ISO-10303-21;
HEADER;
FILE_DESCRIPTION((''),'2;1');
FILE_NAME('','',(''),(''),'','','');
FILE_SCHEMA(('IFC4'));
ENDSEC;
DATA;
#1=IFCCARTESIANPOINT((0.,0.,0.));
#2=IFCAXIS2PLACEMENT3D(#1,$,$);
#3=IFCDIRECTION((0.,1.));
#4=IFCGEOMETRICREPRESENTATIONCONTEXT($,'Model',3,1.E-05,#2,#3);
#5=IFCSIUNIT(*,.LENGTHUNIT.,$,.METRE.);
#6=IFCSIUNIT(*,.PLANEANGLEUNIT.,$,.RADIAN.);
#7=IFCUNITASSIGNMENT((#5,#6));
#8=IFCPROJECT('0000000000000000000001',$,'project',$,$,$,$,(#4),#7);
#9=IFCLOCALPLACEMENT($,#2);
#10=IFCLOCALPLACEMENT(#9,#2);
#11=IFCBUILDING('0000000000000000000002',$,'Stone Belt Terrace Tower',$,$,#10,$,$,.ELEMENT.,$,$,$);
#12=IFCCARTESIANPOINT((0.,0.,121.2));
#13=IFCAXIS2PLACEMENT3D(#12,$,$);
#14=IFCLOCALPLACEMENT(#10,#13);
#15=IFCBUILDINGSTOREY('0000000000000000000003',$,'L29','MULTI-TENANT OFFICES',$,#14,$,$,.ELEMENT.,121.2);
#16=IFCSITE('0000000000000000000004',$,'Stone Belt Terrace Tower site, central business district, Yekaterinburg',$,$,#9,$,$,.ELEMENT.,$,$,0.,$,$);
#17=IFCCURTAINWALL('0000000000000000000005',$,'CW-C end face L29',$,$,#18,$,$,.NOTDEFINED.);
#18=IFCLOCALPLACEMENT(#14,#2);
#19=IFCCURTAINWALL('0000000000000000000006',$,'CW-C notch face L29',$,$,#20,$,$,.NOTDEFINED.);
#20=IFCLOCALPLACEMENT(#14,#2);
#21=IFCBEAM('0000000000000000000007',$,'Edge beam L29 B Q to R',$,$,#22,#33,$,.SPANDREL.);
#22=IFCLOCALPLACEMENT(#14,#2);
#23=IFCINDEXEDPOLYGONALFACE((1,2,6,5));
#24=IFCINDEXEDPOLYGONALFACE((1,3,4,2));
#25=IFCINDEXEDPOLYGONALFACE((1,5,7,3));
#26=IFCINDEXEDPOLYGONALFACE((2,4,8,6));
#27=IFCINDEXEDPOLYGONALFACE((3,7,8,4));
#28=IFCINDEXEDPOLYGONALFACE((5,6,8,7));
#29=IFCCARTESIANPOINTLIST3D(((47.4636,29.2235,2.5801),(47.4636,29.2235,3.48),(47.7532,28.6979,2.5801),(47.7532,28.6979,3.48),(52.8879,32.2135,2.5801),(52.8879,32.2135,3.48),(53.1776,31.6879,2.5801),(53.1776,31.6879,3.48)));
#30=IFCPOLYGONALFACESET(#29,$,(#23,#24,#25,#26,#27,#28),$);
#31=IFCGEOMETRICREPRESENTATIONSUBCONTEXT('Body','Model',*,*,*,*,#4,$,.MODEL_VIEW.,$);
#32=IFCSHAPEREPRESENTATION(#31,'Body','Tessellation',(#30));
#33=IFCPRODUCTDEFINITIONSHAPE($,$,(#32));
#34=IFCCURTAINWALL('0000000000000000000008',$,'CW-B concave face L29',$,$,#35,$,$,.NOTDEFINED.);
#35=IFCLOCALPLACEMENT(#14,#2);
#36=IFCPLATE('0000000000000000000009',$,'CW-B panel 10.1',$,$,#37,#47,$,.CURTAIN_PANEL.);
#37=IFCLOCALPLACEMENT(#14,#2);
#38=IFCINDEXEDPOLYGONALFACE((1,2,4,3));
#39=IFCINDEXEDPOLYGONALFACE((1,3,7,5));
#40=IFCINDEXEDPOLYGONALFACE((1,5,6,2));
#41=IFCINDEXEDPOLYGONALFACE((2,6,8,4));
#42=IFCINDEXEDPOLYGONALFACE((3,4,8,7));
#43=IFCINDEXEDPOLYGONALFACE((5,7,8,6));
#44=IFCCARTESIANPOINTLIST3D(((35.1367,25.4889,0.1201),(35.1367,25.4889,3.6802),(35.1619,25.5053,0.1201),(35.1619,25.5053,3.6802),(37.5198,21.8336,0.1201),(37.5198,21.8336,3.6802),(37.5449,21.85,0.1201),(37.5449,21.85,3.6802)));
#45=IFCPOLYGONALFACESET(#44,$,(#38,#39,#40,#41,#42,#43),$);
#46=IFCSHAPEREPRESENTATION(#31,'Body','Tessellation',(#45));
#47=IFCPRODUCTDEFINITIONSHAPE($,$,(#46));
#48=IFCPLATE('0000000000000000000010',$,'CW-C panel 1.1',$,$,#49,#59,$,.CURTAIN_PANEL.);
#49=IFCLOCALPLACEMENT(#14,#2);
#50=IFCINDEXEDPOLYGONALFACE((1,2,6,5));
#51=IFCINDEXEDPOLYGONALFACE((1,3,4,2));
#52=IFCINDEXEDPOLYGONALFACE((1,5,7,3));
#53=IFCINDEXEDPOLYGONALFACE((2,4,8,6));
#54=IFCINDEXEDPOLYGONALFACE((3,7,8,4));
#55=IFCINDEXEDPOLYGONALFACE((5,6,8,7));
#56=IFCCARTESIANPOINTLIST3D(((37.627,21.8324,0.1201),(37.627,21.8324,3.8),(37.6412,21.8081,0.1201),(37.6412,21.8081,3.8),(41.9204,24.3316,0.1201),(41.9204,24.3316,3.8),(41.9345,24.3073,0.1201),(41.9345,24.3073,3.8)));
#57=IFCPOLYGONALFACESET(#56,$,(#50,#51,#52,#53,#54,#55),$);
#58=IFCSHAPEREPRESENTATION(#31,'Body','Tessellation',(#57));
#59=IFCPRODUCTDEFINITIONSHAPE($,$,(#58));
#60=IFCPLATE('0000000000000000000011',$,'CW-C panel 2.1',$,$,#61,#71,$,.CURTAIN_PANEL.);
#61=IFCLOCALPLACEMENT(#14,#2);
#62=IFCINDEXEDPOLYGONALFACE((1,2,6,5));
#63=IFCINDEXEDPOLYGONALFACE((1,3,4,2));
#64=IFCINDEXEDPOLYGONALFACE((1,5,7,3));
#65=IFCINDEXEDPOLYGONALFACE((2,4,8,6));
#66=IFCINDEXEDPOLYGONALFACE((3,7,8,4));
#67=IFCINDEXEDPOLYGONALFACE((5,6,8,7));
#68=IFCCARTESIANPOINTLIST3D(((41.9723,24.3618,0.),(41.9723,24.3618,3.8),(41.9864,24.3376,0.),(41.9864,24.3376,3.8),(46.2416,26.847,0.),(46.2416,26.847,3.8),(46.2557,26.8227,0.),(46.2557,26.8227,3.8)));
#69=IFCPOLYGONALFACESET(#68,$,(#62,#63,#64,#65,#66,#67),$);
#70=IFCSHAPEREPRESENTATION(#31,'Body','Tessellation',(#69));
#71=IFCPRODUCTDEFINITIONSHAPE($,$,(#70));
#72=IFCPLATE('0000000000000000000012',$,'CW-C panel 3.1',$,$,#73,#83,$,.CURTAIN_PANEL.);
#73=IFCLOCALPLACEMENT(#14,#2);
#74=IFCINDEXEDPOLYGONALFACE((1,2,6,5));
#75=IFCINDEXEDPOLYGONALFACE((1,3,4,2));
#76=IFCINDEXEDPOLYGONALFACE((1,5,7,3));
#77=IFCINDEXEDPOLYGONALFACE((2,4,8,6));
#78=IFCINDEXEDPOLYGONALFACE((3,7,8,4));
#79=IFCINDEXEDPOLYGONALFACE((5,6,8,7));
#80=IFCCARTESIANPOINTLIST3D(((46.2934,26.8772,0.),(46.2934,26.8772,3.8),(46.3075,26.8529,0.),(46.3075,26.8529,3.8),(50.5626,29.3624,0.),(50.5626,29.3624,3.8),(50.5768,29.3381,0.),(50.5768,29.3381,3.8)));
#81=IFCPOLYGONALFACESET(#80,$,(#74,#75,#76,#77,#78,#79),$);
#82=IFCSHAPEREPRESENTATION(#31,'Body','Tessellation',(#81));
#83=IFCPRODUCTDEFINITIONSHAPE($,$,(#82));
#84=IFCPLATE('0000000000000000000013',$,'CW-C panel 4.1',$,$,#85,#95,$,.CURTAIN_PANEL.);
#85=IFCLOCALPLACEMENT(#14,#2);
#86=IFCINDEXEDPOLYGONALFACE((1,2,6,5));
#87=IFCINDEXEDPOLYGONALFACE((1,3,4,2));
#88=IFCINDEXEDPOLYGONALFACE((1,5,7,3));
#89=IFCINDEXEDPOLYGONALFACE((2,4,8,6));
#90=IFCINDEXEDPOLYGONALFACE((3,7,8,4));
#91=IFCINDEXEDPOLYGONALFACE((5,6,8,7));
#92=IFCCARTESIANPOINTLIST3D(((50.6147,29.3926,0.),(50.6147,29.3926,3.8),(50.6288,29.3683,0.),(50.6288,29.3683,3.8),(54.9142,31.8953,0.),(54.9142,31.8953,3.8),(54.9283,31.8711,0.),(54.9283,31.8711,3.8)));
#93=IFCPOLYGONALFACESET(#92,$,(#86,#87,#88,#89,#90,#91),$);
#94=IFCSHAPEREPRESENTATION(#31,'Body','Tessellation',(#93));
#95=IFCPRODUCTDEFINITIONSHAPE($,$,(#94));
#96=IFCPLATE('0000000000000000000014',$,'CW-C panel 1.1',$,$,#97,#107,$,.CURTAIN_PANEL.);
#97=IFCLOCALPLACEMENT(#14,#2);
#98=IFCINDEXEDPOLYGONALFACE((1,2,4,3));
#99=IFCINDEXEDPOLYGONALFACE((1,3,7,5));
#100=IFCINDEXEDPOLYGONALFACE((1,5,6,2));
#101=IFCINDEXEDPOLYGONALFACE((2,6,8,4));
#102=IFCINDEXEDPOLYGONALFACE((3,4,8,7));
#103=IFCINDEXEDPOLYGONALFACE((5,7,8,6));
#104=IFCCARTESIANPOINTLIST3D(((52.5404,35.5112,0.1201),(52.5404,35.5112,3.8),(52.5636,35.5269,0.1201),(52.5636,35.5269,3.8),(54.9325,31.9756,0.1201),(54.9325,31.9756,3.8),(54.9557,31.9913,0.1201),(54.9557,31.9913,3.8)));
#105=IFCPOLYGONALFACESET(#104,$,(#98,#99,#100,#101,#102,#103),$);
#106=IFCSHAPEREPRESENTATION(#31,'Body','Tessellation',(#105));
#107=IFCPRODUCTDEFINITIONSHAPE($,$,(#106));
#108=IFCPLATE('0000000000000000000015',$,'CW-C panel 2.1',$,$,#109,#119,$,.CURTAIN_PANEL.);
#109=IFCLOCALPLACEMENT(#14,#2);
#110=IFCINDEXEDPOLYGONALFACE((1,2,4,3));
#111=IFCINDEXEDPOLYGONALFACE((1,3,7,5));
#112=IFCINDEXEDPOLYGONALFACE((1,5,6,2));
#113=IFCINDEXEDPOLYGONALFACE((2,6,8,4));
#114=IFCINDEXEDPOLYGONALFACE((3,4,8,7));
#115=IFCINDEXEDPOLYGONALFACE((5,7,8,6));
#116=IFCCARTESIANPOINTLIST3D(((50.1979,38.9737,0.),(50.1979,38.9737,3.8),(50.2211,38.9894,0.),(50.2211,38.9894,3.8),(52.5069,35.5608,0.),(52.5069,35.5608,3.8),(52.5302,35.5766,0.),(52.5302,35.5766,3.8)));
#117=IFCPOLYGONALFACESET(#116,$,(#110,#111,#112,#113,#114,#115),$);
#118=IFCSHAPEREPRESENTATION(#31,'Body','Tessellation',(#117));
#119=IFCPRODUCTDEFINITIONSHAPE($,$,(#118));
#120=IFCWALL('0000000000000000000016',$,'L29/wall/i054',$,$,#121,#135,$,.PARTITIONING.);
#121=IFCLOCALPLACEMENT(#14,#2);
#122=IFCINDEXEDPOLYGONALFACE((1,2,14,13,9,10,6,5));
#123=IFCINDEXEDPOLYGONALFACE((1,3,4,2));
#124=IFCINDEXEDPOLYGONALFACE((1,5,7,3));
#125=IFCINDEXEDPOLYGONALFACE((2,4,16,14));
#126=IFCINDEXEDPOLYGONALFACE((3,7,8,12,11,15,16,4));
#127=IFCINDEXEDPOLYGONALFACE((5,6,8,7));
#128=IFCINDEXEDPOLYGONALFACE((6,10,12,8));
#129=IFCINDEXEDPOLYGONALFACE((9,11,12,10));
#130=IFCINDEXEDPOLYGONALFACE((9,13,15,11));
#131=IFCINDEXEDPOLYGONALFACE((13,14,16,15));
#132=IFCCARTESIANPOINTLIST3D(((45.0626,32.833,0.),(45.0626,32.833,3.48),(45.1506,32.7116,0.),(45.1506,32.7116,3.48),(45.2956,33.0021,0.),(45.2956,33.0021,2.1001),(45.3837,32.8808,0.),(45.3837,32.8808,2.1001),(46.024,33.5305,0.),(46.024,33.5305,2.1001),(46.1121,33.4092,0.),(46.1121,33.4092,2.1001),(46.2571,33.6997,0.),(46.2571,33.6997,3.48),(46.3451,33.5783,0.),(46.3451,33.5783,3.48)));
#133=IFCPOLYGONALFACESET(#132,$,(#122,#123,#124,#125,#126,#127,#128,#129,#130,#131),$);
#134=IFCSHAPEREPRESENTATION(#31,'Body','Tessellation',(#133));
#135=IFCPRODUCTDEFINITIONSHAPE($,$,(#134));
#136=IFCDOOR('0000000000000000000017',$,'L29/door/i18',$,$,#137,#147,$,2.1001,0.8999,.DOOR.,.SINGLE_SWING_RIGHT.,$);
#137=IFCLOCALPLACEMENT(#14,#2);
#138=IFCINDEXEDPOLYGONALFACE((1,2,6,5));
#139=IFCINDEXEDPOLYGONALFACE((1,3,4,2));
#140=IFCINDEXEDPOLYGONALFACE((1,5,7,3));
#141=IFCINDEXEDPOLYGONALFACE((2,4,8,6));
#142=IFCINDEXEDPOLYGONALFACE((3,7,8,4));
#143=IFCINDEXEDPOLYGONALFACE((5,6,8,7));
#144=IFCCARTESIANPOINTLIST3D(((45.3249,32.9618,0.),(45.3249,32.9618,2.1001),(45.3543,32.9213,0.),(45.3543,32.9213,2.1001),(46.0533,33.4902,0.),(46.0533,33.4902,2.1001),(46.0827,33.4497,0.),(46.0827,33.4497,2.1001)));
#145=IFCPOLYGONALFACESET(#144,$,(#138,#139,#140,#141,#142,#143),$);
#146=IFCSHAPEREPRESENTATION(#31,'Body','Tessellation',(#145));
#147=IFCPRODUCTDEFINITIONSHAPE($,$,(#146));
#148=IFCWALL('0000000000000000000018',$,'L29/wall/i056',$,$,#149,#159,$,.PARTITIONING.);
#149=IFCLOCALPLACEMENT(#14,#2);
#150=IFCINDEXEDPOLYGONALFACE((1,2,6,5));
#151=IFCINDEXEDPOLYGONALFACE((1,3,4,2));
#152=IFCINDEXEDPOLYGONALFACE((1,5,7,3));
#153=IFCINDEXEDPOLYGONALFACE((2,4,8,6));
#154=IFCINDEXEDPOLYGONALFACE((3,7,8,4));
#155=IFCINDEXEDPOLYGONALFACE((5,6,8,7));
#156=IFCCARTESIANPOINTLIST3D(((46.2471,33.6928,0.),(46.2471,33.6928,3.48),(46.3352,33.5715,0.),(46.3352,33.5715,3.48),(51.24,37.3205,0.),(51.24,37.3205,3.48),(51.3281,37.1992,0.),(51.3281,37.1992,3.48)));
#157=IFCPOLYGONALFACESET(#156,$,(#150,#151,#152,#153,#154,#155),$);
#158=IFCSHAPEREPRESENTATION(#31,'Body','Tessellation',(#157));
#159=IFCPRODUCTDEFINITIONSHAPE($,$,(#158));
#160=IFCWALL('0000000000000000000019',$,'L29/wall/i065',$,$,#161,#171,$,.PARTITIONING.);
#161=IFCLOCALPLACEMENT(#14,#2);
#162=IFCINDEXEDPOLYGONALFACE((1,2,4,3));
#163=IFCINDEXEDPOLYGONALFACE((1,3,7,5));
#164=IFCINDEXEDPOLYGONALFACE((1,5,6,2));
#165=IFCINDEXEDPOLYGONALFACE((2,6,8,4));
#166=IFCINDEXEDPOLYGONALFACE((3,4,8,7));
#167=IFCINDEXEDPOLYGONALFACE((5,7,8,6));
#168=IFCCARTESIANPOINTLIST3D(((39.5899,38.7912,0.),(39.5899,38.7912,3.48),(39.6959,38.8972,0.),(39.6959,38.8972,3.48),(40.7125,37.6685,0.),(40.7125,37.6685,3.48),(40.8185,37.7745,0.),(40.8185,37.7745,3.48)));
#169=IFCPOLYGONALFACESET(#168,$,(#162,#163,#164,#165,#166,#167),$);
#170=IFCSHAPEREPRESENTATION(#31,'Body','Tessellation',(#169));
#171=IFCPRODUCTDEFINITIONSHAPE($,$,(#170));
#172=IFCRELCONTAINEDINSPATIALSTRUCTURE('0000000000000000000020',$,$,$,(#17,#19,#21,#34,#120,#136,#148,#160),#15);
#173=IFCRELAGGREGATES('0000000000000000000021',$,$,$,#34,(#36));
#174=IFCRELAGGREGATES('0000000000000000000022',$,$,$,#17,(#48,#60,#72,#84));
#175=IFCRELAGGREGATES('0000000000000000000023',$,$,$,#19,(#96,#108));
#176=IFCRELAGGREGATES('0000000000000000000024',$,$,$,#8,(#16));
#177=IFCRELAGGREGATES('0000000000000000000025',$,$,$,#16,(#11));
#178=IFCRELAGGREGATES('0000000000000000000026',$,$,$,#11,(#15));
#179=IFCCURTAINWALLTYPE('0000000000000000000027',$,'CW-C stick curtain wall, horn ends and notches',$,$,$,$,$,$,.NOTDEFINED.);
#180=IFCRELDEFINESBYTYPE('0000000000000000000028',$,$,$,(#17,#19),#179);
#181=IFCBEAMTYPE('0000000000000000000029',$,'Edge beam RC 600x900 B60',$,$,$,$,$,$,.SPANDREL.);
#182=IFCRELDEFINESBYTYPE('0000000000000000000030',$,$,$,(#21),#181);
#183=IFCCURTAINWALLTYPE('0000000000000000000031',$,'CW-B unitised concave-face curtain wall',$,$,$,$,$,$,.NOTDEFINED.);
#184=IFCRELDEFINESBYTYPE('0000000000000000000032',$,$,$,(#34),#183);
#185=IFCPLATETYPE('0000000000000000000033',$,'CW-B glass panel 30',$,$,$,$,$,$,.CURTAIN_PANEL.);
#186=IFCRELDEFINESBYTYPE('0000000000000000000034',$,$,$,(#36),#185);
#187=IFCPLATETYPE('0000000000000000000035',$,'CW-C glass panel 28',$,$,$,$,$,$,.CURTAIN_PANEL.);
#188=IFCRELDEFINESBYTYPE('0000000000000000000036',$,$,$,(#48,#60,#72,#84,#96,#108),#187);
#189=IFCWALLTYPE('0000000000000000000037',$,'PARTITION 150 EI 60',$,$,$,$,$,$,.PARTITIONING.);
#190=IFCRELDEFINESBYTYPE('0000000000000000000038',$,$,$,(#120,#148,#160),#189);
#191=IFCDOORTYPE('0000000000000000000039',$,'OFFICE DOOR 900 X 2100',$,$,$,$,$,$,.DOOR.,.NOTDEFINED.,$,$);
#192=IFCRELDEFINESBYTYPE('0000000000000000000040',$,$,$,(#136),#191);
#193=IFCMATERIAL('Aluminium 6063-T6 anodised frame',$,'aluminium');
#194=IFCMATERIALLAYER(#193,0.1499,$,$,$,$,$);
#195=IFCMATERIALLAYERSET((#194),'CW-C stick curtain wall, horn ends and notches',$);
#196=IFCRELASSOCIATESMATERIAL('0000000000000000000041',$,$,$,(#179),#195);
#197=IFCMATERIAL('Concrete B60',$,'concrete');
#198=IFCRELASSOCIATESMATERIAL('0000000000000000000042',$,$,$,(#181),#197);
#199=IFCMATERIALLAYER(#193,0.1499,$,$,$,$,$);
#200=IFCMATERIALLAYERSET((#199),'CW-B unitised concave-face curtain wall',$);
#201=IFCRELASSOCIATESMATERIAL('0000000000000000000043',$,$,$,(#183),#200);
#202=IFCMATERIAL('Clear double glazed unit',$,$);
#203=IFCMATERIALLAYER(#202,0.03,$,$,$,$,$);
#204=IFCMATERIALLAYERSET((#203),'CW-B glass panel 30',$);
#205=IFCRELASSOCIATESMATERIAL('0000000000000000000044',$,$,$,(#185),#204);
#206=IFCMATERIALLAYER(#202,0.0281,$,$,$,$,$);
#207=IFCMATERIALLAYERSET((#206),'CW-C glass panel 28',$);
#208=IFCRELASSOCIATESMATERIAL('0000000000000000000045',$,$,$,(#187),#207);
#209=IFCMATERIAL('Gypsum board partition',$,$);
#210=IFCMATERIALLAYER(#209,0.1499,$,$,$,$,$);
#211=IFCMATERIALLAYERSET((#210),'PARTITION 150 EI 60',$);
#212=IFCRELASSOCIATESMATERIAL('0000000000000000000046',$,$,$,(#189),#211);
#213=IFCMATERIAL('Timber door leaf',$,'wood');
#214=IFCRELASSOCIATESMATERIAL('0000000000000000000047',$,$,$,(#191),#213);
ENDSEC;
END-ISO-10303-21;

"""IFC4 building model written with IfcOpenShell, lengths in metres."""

from ifc_helpers import new_model, si_unit, direction, frame, frame_2d, origin, origin_2d, place, context, subcontext, project, spatial, rectangle, extrude, material, layer, layer_set, material_profile, profile_set, type_object, element, fill, aggregate, save


model = new_model("IFC4")

# Units and contexts
model_context = context("Model", 3, precision=1e-05, world=origin(), true_north=direction((0.0, 1.0)))
body_context = subcontext(model_context, "Body", "Model", "MODEL_VIEW")
ifc_project = project(units=[si_unit("LENGTHUNIT", "METRE"), si_unit("PLANEANGLEUNIT", "RADIAN")], contexts=[model_context])

# Site, building, storey
site_placement = place(None, origin())
site = spatial("IfcSite", under=ifc_project, at=site_placement, Name="Stone Belt Terrace Tower site, central business district, Yekaterinburg", CompositionType="ELEMENT", RefElevation=0.0)
building_placement = place(site_placement, origin())
building = spatial("IfcBuilding", under=site, at=building_placement, Name="Stone Belt Terrace Tower", CompositionType="ELEMENT")
storey_placement = place(building_placement, frame((0.0, 0.0, 121.2)))
storey = spatial("IfcBuildingStorey", under=building, at=storey_placement, Name="L29", Description="MULTI-TENANT OFFICES", CompositionType="ELEMENT", Elevation=121.2)

# Curtain walls
ifc_material_1 = material(Name="Aluminium 6063-T6 anodised frame", Category="aluminium")
ifc_layer_1 = layer(ifc_material_1, 0.1499)
ifc_layer_set_1 = layer_set([ifc_layer_1], Name="CW-C stick curtain wall, horn ends and notches")
curtain_wall_type_1 = type_object("IfcCurtainWallType", Name="CW-C stick curtain wall, horn ends and notches", PredefinedType="NOTDEFINED", material=ifc_layer_set_1)
curtain_wall_1_placement = place(storey_placement, origin())
curtain_wall_1 = element("IfcCurtainWall", 1, at=curtain_wall_1_placement, inside=storey, type_object=curtain_wall_type_1, Name="CW-C end face L29", PredefinedType="NOTDEFINED")
curtain_wall_2_placement = place(storey_placement, origin())
curtain_wall_2 = element("IfcCurtainWall", 2, at=curtain_wall_2_placement, inside=storey, type_object=curtain_wall_type_1, Name="CW-C notch face L29", PredefinedType="NOTDEFINED")

# Beam
ifc_material_2 = material(Name="Concrete B60", Category="concrete")
ifc_material_profile_1 = material_profile(ifc_material_2, rectangle(XDim=0.6001, YDim=0.8999, at=origin_2d()), Name="RC 600x900")
ifc_profile_set_1 = profile_set([ifc_material_profile_1], Name="Concrete B60")
beam_type = type_object("IfcBeamType", Name="Edge beam RC 600x900 B60", PredefinedType="SPANDREL", material=ifc_profile_set_1)
beam_1_placement = place(storey_placement, frame((47.6084, 28.9607, 3.03), z_axis=(0.875764, 0.482739, 0.0), x_axis=(-0.482739, 0.875764, 0.0)))
element("IfcBeam", 3, at=beam_1_placement, inside=storey, type_object=beam_type, Name="Edge beam L29 B Q to R", PredefinedType="SPANDREL", context=body_context, shape_type="SweptSolid", body=[
    extrude(rectangle(XDim=0.6001, YDim=0.8999, at=origin_2d()), origin(), (0.0, 0.0, 1.0), 6.1938),
])

# Curtain wall, plate
ifc_layer_2 = layer(ifc_material_1, 0.1499)
ifc_layer_set_2 = layer_set([ifc_layer_2], Name="CW-B unitised concave-face curtain wall")
curtain_wall_type_2 = type_object("IfcCurtainWallType", Name="CW-B unitised concave-face curtain wall", PredefinedType="NOTDEFINED", material=ifc_layer_set_2)
curtain_wall_3_placement = place(storey_placement, origin())
curtain_wall_3 = element("IfcCurtainWall", 4, at=curtain_wall_3_placement, inside=storey, type_object=curtain_wall_type_2, Name="CW-B concave face L29", PredefinedType="NOTDEFINED")
ifc_material_3 = material(Name="Clear double glazed unit")
ifc_layer_3 = layer(ifc_material_3, 0.03)
ifc_layer_set_3 = layer_set([ifc_layer_3], Name="CW-B glass panel 30")
plate_type_1 = type_object("IfcPlateType", Name="CW-B glass panel 30", PredefinedType="CURTAIN_PANEL", material=ifc_layer_set_3)
plate_1_placement = place(storey_placement, frame((36.3408, 23.6694, 0.1201), z_axis=(0.0, 0.0, 1.0), x_axis=(0.546132, -0.837699, 0.0)))
plate_1 = element("IfcPlate", 5, at=plate_1_placement, type_object=plate_type_1, Name="CW-B panel 10.1", PredefinedType="CURTAIN_PANEL", context=body_context, shape_type="SweptSolid", body=[
    extrude(rectangle(XDim=4.3635, YDim=0.03, at=origin_2d()), origin(), (0.0, 0.0, 1.0), 3.5601),
])
aggregate(curtain_wall_3, [plate_1])

# Plates
ifc_layer_4 = layer(ifc_material_3, 0.0281)
ifc_layer_set_4 = layer_set([ifc_layer_4], Name="CW-C glass panel 28")
plate_type_2 = type_object("IfcPlateType", Name="CW-C glass panel 28", PredefinedType="CURTAIN_PANEL", material=ifc_layer_set_4)
plate_2_placement = place(storey_placement, frame((39.7808, 23.0698, 0.1201), z_axis=(0.0, 0.0, 1.0), x_axis=(0.864239, 0.503081, 0.0)))
plate_2 = element("IfcPlate", 6, at=plate_2_placement, type_object=plate_type_2, Name="CW-C panel 1.1", PredefinedType="CURTAIN_PANEL", context=body_context, shape_type="SweptSolid", body=[
    extrude(rectangle(XDim=4.9678, YDim=0.0281, at=origin_2d()), origin(), (0.0, 0.0, 1.0), 3.6799),
])
plate_3_placement = place(storey_placement, frame((44.114, 25.5923, 0.0), z_axis=(0.0, 0.0, 1.0), x_axis=(0.864239, 0.503081, 0.0)))
plate_3 = element("IfcPlate", 7, at=plate_3_placement, type_object=plate_type_2, Name="CW-C panel 2.1", PredefinedType="CURTAIN_PANEL", context=body_context, shape_type="SweptSolid", body=[
    extrude(rectangle(XDim=4.9399, YDim=0.0281, at=origin_2d()), origin(), (0.0, 0.0, 1.0), 3.8),
])
plate_4_placement = place(storey_placement, frame((48.4351, 28.1077, 0.0), z_axis=(0.0, 0.0, 1.0), x_axis=(0.864239, 0.503081, 0.0)))
plate_4 = element("IfcPlate", 8, at=plate_4_placement, type_object=plate_type_2, Name="CW-C panel 3.1", PredefinedType="CURTAIN_PANEL", context=body_context, shape_type="SweptSolid", body=[
    extrude(rectangle(XDim=4.9399, YDim=0.0281, at=origin_2d()), origin(), (0.0, 0.0, 1.0), 3.8),
])
plate_5_placement = place(storey_placement, frame((52.7715, 30.6318, 0.0), z_axis=(0.0, 0.0, 1.0), x_axis=(0.864239, 0.503081, 0.0)))
plate_5 = element("IfcPlate", 9, at=plate_5_placement, type_object=plate_type_2, Name="CW-C panel 4.1", PredefinedType="CURTAIN_PANEL", context=body_context, shape_type="SweptSolid", body=[
    extrude(rectangle(XDim=4.9749, YDim=0.0281, at=origin_2d()), origin(), (0.0, 0.0, 1.0), 3.8),
])
aggregate(curtain_wall_1, [plate_2, plate_3, plate_4, plate_5])
plate_6_placement = place(storey_placement, frame((53.748, 33.7512, 0.1201), z_axis=(0.0, 0.0, 1.0), x_axis=(-0.560367, 0.828244, 0.0)))
plate_6 = element("IfcPlate", 10, at=plate_6_placement, type_object=plate_type_2, Name="CW-C panel 1.1", PredefinedType="CURTAIN_PANEL", context=body_context, shape_type="SweptSolid", body=[
    extrude(rectangle(XDim=4.2688, YDim=0.0281, at=origin_2d()), origin(), (0.0, 0.0, 1.0), 3.6799),
])
plate_7_placement = place(storey_placement, frame((51.364, 37.2751, 0.0), z_axis=(0.0, 0.0, 1.0), x_axis=(-0.560367, 0.828244, 0.0)))
plate_7 = element("IfcPlate", 11, at=plate_7_placement, type_object=plate_type_2, Name="CW-C panel 2.1", PredefinedType="CURTAIN_PANEL", context=body_context, shape_type="SweptSolid", body=[
    extrude(rectangle(XDim=4.1206, YDim=0.0281, at=origin_2d()), origin(), (0.0, 0.0, 1.0), 3.8),
])
aggregate(curtain_wall_2, [plate_6, plate_7])

# Wall, opening, door
ifc_material_4 = material(Name="Gypsum board partition")
ifc_layer_5 = layer(ifc_material_4, 0.1499)
ifc_layer_set_5 = layer_set([ifc_layer_5], Name="PARTITION 150 EI 60")
wall_type = type_object("IfcWallType", Name="PARTITION 150 EI 60", PredefinedType="PARTITIONING", material=ifc_layer_set_5)
wall_1_placement = place(storey_placement, frame((46.301, 33.6389, 0.0), z_axis=(0.0, 0.0, 1.0), x_axis=(-0.809408, -0.587247, 0.0)))
wall_1 = element("IfcWall", 12, at=wall_1_placement, inside=storey, type_object=wall_type, Name="L29/wall/i054", PredefinedType="PARTITIONING", context=body_context, shape_type="SweptSolid", body=[
    extrude(rectangle(XDim=1.4758, YDim=0.1499, at=frame_2d((0.7378, 0.0))), origin(), (0.0, 0.0, 1.0), 3.48),
])
opening_1_placement = place(wall_1_placement, frame((0.2878, 0.0, 0.0)))
opening_1 = element("IfcOpeningElement", 13, at=opening_1_placement, cuts=wall_1, PredefinedType="OPENING", context=body_context, shape_type="SweptSolid", body=[
    extrude(rectangle(XDim=0.8999, YDim=2.1001, at=frame_2d((0.45, 1.05))), frame((0.0, 0.085, 0.0), z_axis=(0.0, -1.0, 0.0), x_axis=(1.0, 0.0, 0.0)), (0.0, 0.0, 1.0), 0.1699),
])
ifc_material_5 = material(Name="Timber door leaf", Category="wood")
door_type_1 = type_object("IfcDoorType", Name="OFFICE DOOR 900 X 2100", OperationType="NOTDEFINED", PredefinedType="DOOR", material=ifc_material_5)
door_1_placement = place(opening_1_placement, origin())
door_1 = element("IfcDoor", 14, at=door_1_placement, inside=storey, type_object=door_type_1, Name="L29/door/i18", OperationType="SINGLE_SWING_RIGHT", OverallHeight=2.1001, OverallWidth=0.8999, PredefinedType="DOOR", context=body_context, shape_type="SweptSolid", body=[
    extrude(rectangle(XDim=0.8999, YDim=2.1001, at=frame_2d((0.45, 1.05))), frame((0.0, 0.0249, 0.0), z_axis=(0.0, -1.0, 0.0), x_axis=(1.0, 0.0, 0.0)), (0.0, 0.0, 1.0), 0.05),
])
fill(opening_1, door_1)

# Walls
wall_2_placement = place(storey_placement, frame((46.291, 33.6321, 0.0), z_axis=(0.0, 0.0, 1.0), x_axis=(0.809008, 0.587798, 0.0)))
element("IfcWall", 15, at=wall_2_placement, inside=storey, type_object=wall_type, Name="L29/wall/i056", PredefinedType="PARTITIONING", context=body_context, shape_type="SweptSolid", body=[
    extrude(rectangle(XDim=6.1716, YDim=0.1499, at=frame_2d((3.0859, 0.0))), origin(), (0.0, 0.0, 1.0), 3.48),
])
wall_3_placement = place(storey_placement, frame((40.7656, 37.7214, 0.0), z_axis=(0.0, 0.0, 1.0), x_axis=(-0.707107, 0.707107, 0.0)))
element("IfcWall", 16, at=wall_3_placement, inside=storey, type_object=wall_type, Name="L29/wall/i065", PredefinedType="PARTITIONING", context=body_context, shape_type="SweptSolid", body=[
    extrude(rectangle(XDim=1.5876, YDim=0.1499, at=frame_2d((0.7939, 0.0))), origin(), (0.0, 0.0, 1.0), 3.48),
])

save(model, "model.ifc")
